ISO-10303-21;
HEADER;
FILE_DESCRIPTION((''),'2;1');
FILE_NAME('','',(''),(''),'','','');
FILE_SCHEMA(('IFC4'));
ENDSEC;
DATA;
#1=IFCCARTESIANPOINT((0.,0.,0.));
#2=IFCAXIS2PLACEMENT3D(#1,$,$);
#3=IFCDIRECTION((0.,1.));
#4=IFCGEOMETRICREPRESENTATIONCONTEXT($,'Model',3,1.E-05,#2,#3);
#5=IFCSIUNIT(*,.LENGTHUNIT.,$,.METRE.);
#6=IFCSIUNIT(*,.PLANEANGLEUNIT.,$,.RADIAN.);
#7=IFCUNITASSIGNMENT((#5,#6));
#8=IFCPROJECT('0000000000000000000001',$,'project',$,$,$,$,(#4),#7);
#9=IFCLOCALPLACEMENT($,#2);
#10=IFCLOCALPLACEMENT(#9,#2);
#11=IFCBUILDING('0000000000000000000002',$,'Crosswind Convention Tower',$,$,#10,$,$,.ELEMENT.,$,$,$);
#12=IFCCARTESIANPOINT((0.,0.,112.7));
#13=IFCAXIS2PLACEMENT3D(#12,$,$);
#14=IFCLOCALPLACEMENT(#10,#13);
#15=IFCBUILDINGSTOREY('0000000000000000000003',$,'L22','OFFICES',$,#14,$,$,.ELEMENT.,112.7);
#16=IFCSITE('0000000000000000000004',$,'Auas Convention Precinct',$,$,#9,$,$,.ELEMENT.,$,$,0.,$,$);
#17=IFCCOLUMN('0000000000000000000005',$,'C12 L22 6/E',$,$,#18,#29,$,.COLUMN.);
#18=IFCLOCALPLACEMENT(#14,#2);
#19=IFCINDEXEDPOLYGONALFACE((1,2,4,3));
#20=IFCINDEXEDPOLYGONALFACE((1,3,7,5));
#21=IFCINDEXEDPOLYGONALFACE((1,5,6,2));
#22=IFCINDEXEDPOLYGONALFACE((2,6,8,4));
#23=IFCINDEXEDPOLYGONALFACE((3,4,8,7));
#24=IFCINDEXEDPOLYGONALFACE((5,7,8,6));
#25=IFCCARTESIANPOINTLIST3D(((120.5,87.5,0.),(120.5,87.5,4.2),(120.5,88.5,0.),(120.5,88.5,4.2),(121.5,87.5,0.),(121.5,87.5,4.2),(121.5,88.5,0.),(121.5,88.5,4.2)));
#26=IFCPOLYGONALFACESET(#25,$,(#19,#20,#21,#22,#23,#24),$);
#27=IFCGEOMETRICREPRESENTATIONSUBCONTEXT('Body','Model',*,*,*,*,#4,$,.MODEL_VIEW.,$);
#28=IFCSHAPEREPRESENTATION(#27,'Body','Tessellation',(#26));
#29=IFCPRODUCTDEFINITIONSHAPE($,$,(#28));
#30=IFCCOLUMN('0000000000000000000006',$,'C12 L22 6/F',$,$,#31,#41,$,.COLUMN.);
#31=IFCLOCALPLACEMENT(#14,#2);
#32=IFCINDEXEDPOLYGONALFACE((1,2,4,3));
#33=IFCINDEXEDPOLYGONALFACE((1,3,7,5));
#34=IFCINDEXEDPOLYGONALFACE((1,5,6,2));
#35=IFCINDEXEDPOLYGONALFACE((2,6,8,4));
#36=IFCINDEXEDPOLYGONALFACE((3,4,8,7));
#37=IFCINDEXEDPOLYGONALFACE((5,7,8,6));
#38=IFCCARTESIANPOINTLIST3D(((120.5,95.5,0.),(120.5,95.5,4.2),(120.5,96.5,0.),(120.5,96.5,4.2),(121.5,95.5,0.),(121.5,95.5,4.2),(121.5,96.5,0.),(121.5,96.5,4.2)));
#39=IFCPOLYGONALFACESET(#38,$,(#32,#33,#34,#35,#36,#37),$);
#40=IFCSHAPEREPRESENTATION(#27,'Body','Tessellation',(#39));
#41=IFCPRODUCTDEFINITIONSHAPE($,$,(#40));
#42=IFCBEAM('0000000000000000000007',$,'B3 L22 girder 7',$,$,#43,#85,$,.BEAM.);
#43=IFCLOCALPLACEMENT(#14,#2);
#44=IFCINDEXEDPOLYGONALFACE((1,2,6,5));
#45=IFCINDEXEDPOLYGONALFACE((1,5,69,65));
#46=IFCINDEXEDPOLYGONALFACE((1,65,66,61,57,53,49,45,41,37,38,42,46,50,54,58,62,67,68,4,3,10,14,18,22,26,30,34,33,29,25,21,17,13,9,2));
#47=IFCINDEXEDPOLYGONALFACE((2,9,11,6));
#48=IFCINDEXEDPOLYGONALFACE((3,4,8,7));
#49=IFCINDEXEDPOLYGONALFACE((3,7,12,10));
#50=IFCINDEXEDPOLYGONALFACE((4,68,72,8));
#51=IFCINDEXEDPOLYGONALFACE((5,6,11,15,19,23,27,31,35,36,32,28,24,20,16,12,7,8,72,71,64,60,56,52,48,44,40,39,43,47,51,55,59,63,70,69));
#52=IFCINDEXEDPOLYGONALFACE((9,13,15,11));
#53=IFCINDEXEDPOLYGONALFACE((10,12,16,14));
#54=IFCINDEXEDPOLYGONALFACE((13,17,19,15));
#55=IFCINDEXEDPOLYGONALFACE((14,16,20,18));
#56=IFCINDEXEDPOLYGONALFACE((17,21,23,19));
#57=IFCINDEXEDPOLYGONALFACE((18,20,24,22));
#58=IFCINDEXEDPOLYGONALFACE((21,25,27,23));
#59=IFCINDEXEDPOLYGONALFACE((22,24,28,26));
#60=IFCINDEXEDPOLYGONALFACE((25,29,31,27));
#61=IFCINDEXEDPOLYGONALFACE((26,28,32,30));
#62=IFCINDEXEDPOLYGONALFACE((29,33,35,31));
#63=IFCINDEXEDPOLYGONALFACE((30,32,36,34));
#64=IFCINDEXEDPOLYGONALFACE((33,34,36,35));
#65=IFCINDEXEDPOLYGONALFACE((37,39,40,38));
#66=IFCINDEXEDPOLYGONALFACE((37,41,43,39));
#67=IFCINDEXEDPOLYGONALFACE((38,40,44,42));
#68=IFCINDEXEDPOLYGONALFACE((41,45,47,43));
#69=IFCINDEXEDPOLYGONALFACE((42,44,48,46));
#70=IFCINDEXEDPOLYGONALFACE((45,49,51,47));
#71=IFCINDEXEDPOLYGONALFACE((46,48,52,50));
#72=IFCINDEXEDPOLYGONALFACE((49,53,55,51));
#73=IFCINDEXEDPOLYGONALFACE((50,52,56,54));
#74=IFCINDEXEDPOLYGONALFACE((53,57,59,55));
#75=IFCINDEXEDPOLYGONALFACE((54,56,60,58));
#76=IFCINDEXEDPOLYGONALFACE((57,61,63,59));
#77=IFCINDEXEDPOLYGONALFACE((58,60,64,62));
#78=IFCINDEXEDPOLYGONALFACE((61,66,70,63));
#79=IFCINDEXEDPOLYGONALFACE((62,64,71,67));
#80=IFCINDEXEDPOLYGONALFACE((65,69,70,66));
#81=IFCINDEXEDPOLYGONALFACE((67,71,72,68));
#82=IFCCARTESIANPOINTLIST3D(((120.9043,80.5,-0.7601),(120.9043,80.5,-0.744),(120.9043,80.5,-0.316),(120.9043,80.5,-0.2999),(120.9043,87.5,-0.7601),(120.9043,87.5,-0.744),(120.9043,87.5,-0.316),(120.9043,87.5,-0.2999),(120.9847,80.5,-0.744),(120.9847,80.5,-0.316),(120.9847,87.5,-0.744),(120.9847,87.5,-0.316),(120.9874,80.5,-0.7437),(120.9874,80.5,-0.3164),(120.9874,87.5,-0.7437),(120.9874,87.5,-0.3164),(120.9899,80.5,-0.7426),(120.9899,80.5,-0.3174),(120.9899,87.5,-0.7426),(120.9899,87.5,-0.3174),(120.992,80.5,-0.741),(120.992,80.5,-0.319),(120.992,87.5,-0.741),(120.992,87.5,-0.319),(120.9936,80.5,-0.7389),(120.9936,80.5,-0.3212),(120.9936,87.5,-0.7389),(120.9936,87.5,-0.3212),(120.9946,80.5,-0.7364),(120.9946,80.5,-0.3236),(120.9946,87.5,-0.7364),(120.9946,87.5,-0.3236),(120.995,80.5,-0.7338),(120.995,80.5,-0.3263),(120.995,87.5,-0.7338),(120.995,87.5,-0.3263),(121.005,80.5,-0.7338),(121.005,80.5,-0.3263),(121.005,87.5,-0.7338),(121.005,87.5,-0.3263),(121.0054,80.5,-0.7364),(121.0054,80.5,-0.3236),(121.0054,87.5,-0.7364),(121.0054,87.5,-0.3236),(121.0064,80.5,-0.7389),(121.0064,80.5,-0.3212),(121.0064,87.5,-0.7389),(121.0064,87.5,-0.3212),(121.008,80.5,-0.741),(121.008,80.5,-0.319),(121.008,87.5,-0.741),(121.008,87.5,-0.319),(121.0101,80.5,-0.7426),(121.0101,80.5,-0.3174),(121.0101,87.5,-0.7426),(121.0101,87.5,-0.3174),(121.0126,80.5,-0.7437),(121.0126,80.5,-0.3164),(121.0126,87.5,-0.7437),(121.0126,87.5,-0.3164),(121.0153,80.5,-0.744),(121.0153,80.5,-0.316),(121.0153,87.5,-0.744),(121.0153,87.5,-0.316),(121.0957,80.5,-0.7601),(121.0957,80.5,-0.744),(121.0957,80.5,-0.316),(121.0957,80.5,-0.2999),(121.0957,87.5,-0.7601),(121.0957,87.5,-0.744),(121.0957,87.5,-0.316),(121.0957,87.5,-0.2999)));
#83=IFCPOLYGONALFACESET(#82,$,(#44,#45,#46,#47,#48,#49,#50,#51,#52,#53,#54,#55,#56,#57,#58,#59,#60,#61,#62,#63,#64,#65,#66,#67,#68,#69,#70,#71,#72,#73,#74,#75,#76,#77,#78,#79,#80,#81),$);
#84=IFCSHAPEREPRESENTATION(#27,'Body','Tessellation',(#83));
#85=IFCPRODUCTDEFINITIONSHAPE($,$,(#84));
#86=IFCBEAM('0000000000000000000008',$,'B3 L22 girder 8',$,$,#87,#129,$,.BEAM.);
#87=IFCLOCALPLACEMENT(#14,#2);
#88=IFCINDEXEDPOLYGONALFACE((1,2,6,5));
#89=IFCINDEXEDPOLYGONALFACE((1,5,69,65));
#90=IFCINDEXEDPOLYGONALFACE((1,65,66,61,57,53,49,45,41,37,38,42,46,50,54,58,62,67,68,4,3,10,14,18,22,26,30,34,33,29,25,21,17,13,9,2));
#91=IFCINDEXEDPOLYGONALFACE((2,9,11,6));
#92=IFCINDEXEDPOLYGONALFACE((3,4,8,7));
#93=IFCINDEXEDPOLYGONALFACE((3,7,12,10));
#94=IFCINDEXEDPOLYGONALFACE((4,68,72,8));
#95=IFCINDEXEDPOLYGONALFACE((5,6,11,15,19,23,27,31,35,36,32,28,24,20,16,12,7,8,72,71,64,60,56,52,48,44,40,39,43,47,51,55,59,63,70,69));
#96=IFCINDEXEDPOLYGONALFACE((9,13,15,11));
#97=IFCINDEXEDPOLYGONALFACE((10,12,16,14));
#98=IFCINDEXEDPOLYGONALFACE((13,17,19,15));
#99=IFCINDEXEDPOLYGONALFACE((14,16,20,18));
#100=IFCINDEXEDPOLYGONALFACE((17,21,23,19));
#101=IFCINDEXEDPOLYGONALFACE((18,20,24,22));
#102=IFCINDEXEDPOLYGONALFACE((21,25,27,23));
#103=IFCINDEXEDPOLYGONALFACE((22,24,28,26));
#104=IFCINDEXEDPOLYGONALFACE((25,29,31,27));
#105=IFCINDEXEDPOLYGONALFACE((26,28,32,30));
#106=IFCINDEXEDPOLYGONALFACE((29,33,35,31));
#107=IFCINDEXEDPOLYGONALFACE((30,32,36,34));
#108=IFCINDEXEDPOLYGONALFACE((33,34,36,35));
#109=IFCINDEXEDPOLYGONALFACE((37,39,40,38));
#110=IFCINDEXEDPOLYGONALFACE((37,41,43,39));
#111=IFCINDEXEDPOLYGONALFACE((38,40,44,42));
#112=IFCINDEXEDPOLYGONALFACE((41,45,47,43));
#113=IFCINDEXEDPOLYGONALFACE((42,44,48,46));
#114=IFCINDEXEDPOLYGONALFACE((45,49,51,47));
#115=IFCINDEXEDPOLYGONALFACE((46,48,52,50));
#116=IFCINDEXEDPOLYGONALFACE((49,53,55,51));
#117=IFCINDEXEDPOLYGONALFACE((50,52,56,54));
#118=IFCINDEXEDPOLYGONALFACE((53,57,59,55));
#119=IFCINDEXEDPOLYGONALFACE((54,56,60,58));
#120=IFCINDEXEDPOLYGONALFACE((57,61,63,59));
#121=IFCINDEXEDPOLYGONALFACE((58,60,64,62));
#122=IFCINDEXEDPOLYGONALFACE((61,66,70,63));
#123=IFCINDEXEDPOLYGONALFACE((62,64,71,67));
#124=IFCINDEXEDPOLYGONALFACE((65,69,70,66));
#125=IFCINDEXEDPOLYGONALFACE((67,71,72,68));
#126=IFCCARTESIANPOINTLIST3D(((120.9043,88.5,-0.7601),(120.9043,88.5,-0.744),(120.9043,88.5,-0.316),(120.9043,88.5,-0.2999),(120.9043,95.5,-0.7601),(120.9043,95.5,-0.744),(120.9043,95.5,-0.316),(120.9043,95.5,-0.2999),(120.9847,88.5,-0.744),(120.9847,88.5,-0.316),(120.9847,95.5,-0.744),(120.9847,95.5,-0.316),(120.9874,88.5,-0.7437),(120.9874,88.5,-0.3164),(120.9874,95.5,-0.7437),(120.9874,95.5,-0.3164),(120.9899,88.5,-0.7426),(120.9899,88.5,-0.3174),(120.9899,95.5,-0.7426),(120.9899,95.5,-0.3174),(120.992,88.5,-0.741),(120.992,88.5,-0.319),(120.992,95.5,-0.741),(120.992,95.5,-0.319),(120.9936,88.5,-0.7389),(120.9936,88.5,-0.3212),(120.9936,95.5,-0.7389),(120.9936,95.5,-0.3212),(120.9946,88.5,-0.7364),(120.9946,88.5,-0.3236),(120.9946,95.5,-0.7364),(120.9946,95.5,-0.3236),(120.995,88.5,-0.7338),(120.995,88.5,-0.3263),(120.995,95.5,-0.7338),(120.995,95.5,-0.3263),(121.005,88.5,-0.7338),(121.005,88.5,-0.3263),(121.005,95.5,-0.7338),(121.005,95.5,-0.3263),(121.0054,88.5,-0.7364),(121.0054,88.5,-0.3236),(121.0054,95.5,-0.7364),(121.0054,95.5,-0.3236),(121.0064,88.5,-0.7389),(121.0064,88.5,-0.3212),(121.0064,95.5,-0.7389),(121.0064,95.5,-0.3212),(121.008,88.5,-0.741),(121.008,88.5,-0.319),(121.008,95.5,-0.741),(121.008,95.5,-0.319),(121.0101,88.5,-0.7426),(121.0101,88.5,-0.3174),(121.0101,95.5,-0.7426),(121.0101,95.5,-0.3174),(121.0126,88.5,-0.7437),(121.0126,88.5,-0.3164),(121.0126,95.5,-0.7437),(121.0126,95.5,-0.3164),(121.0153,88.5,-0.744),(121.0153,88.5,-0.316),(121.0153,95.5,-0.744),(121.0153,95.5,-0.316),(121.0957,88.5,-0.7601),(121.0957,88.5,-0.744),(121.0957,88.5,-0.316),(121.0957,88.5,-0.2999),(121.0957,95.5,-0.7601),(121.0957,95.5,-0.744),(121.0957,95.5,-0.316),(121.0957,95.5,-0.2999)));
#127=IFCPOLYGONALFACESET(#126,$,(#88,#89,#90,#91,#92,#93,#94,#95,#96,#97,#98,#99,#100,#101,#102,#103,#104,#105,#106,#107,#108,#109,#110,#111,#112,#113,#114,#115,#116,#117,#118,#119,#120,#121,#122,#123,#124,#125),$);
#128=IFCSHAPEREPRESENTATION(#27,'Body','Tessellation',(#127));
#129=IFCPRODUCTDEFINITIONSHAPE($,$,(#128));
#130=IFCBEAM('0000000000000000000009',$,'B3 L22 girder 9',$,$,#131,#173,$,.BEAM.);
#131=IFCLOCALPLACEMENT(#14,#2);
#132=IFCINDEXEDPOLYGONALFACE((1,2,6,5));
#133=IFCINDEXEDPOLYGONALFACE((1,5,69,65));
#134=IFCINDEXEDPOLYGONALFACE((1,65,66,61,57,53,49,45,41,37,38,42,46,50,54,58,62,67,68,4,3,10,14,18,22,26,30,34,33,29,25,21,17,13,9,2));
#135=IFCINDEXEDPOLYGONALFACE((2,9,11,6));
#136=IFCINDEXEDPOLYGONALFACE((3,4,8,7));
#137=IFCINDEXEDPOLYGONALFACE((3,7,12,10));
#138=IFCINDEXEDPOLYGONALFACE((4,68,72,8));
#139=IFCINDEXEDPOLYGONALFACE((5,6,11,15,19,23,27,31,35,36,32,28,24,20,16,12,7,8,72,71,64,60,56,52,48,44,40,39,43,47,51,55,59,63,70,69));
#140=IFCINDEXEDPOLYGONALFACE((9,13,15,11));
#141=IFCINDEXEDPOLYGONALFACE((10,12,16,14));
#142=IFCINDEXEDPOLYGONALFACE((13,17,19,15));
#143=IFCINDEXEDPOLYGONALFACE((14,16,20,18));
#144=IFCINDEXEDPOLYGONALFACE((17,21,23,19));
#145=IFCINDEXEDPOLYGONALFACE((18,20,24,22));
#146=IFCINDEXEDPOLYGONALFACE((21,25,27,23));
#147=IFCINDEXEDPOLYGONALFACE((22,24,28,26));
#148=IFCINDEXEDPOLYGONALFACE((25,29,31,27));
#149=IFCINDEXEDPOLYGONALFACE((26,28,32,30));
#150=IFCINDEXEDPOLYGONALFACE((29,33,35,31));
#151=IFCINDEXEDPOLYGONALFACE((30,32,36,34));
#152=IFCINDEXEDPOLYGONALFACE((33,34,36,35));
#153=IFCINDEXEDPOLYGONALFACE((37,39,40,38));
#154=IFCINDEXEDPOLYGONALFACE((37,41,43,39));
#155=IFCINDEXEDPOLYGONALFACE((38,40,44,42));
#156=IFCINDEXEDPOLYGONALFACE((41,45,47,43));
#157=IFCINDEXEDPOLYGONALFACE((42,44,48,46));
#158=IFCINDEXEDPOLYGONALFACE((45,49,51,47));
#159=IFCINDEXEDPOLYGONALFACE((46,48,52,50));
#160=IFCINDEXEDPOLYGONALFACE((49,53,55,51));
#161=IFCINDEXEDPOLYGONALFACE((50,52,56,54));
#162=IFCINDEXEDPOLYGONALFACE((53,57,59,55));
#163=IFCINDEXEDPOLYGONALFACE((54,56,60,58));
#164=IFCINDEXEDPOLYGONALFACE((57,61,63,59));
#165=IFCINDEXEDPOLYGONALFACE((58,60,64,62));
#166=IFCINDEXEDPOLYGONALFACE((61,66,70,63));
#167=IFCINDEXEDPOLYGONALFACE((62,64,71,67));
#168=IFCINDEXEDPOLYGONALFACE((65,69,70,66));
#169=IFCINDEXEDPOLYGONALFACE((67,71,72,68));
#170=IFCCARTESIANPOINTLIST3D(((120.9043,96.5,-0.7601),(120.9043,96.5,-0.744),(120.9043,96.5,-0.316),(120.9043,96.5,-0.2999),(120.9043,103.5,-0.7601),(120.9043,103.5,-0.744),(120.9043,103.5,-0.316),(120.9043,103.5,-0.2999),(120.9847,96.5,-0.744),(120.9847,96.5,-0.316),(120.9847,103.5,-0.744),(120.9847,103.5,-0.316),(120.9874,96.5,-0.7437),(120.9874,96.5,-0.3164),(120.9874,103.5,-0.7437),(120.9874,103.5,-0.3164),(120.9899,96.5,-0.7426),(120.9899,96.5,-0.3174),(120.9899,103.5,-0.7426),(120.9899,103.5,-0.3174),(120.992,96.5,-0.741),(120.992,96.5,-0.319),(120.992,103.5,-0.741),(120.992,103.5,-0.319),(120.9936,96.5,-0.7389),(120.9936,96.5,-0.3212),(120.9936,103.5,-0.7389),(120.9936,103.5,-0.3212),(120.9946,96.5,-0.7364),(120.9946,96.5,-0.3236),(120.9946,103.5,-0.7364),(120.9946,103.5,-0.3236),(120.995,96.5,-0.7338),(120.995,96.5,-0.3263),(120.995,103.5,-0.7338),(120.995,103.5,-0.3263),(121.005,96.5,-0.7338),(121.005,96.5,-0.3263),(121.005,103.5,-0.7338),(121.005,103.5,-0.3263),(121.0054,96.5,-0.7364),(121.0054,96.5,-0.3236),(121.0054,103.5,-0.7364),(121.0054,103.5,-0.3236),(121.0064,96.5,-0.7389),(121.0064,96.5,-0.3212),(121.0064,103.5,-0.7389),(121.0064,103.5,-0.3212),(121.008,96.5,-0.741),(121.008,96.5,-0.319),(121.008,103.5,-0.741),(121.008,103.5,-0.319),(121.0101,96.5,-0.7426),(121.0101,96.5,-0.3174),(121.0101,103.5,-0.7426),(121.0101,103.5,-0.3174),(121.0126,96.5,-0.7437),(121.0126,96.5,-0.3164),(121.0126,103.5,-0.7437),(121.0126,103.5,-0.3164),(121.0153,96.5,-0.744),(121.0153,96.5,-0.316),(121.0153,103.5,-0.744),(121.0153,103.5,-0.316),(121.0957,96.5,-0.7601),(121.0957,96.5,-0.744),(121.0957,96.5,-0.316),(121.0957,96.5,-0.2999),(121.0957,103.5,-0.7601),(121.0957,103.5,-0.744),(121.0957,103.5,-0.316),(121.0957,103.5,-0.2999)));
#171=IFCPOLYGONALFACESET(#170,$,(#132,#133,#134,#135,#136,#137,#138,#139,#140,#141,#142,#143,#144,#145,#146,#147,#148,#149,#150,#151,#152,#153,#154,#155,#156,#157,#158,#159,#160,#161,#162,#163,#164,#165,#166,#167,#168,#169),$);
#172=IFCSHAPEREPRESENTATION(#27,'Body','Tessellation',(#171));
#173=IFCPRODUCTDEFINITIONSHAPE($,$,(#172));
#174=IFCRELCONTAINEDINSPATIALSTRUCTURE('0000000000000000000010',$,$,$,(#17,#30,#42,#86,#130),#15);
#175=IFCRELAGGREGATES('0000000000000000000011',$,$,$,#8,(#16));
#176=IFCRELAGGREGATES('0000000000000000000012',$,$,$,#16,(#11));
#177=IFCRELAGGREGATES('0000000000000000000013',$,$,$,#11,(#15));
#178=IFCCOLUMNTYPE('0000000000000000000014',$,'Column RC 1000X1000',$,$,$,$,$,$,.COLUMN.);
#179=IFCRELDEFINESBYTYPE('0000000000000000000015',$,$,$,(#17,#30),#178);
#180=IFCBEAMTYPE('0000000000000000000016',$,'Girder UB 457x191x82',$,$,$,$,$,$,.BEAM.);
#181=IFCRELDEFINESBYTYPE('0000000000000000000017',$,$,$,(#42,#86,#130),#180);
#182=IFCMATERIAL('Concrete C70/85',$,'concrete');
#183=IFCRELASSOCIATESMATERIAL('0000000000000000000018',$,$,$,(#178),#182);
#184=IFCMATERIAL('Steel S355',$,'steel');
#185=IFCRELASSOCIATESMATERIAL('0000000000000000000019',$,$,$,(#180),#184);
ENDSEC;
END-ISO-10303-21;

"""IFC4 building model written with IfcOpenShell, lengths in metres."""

from ifc_helpers import new_model, si_unit, direction, frame, origin, origin_2d, place, context, subcontext, project, spatial, rectangle, i_section, extrude, material, material_profile, profile_set, type_object, element, save


model = new_model("IFC4")

# Units and contexts
model_context = context("Model", 3, precision=1e-05, world=origin(), true_north=direction((0.0, 1.0)))
body_context = subcontext(model_context, "Body", "Model", "MODEL_VIEW")
ifc_project = project(units=[si_unit("LENGTHUNIT", "METRE"), si_unit("PLANEANGLEUNIT", "RADIAN")], contexts=[model_context])

# Site, building, storey
site_placement = place(None, origin())
site = spatial("IfcSite", under=ifc_project, at=site_placement, Name="Auas Convention Precinct", CompositionType="ELEMENT", RefElevation=0.0)
building_placement = place(site_placement, origin())
building = spatial("IfcBuilding", under=site, at=building_placement, Name="Crosswind Convention Tower", CompositionType="ELEMENT")
storey_placement = place(building_placement, frame((0.0, 0.0, 112.7)))
storey = spatial("IfcBuildingStorey", under=building, at=storey_placement, Name="L22", Description="OFFICES", CompositionType="ELEMENT", Elevation=112.7)

# Columns
ifc_material_1 = material(Name="Concrete C70/85", Category="concrete")
ifc_material_profile_1 = material_profile(ifc_material_1, rectangle(XDim=1.0, YDim=1.0, at=origin_2d()), Name="RC 1000X1000")
ifc_profile_set_1 = profile_set([ifc_material_profile_1], Name="Concrete C70/85")
column_type = type_object("IfcColumnType", Name="Column RC 1000X1000", PredefinedType="COLUMN", material=ifc_profile_set_1)
for number, where, z_axis, x_axis, name in (
    (1, (121.0, 88.0, 0.0), (0.0, 0.0, 1.0), (1.0, 0.0, 0.0), "C12 L22 6/E"),
    (2, (121.0, 96.0, 0.0), (0.0, 0.0, 1.0), (1.0, 0.0, 0.0), "C12 L22 6/F"),
):
    element("IfcColumn", number, at=place(storey_placement, frame(where, z_axis=z_axis, x_axis=x_axis)), inside=storey, type_object=column_type, Name=name, PredefinedType="COLUMN", context=body_context, shape_type="SweptSolid", body=[
        extrude(rectangle(XDim=1.0, YDim=1.0, at=origin_2d()), origin(), (0.0, 0.0, 1.0), 4.2),
    ])

# Beams
ifc_material_2 = material(Name="Steel S355", Category="steel")
ifc_material_profile_2 = material_profile(ifc_material_2, i_section(OverallWidth=0.1914, OverallDepth=0.4602, WebThickness=0.01, FlangeThickness=0.0161, FilletRadius=0.0103, at=origin_2d()), Name="UB 457x191x82")
ifc_profile_set_2 = profile_set([ifc_material_profile_2], Name="Steel S355")
beam_type_1 = type_object("IfcBeamType", Name="Girder UB 457x191x82", PredefinedType="BEAM", material=ifc_profile_set_2)
for number, where, z_axis, x_axis, name in (
    (3, (121.0, 80.5, -0.53), (0.0, 1.0, 0.0), (-1.0, 0.0, 0.0), "B3 L22 girder 7"),
    (4, (121.0, 88.5, -0.53), (0.0, 1.0, 0.0), (-1.0, 0.0, 0.0), "B3 L22 girder 8"),
    (5, (121.0, 96.5, -0.53), (0.0, 1.0, 0.0), (-1.0, 0.0, 0.0), "B3 L22 girder 9"),
):
    element("IfcBeam", number, at=place(storey_placement, frame(where, z_axis=z_axis, x_axis=x_axis)), inside=storey, type_object=beam_type_1, Name=name, PredefinedType="BEAM", context=body_context, shape_type="SweptSolid", body=[
        extrude(i_section(OverallWidth=0.1914, OverallDepth=0.4602, WebThickness=0.01, FlangeThickness=0.0161, FilletRadius=0.0103, at=origin_2d()), origin(), (0.0, 0.0, 1.0), 7.0),
    ])

save(model, "model.ifc")
